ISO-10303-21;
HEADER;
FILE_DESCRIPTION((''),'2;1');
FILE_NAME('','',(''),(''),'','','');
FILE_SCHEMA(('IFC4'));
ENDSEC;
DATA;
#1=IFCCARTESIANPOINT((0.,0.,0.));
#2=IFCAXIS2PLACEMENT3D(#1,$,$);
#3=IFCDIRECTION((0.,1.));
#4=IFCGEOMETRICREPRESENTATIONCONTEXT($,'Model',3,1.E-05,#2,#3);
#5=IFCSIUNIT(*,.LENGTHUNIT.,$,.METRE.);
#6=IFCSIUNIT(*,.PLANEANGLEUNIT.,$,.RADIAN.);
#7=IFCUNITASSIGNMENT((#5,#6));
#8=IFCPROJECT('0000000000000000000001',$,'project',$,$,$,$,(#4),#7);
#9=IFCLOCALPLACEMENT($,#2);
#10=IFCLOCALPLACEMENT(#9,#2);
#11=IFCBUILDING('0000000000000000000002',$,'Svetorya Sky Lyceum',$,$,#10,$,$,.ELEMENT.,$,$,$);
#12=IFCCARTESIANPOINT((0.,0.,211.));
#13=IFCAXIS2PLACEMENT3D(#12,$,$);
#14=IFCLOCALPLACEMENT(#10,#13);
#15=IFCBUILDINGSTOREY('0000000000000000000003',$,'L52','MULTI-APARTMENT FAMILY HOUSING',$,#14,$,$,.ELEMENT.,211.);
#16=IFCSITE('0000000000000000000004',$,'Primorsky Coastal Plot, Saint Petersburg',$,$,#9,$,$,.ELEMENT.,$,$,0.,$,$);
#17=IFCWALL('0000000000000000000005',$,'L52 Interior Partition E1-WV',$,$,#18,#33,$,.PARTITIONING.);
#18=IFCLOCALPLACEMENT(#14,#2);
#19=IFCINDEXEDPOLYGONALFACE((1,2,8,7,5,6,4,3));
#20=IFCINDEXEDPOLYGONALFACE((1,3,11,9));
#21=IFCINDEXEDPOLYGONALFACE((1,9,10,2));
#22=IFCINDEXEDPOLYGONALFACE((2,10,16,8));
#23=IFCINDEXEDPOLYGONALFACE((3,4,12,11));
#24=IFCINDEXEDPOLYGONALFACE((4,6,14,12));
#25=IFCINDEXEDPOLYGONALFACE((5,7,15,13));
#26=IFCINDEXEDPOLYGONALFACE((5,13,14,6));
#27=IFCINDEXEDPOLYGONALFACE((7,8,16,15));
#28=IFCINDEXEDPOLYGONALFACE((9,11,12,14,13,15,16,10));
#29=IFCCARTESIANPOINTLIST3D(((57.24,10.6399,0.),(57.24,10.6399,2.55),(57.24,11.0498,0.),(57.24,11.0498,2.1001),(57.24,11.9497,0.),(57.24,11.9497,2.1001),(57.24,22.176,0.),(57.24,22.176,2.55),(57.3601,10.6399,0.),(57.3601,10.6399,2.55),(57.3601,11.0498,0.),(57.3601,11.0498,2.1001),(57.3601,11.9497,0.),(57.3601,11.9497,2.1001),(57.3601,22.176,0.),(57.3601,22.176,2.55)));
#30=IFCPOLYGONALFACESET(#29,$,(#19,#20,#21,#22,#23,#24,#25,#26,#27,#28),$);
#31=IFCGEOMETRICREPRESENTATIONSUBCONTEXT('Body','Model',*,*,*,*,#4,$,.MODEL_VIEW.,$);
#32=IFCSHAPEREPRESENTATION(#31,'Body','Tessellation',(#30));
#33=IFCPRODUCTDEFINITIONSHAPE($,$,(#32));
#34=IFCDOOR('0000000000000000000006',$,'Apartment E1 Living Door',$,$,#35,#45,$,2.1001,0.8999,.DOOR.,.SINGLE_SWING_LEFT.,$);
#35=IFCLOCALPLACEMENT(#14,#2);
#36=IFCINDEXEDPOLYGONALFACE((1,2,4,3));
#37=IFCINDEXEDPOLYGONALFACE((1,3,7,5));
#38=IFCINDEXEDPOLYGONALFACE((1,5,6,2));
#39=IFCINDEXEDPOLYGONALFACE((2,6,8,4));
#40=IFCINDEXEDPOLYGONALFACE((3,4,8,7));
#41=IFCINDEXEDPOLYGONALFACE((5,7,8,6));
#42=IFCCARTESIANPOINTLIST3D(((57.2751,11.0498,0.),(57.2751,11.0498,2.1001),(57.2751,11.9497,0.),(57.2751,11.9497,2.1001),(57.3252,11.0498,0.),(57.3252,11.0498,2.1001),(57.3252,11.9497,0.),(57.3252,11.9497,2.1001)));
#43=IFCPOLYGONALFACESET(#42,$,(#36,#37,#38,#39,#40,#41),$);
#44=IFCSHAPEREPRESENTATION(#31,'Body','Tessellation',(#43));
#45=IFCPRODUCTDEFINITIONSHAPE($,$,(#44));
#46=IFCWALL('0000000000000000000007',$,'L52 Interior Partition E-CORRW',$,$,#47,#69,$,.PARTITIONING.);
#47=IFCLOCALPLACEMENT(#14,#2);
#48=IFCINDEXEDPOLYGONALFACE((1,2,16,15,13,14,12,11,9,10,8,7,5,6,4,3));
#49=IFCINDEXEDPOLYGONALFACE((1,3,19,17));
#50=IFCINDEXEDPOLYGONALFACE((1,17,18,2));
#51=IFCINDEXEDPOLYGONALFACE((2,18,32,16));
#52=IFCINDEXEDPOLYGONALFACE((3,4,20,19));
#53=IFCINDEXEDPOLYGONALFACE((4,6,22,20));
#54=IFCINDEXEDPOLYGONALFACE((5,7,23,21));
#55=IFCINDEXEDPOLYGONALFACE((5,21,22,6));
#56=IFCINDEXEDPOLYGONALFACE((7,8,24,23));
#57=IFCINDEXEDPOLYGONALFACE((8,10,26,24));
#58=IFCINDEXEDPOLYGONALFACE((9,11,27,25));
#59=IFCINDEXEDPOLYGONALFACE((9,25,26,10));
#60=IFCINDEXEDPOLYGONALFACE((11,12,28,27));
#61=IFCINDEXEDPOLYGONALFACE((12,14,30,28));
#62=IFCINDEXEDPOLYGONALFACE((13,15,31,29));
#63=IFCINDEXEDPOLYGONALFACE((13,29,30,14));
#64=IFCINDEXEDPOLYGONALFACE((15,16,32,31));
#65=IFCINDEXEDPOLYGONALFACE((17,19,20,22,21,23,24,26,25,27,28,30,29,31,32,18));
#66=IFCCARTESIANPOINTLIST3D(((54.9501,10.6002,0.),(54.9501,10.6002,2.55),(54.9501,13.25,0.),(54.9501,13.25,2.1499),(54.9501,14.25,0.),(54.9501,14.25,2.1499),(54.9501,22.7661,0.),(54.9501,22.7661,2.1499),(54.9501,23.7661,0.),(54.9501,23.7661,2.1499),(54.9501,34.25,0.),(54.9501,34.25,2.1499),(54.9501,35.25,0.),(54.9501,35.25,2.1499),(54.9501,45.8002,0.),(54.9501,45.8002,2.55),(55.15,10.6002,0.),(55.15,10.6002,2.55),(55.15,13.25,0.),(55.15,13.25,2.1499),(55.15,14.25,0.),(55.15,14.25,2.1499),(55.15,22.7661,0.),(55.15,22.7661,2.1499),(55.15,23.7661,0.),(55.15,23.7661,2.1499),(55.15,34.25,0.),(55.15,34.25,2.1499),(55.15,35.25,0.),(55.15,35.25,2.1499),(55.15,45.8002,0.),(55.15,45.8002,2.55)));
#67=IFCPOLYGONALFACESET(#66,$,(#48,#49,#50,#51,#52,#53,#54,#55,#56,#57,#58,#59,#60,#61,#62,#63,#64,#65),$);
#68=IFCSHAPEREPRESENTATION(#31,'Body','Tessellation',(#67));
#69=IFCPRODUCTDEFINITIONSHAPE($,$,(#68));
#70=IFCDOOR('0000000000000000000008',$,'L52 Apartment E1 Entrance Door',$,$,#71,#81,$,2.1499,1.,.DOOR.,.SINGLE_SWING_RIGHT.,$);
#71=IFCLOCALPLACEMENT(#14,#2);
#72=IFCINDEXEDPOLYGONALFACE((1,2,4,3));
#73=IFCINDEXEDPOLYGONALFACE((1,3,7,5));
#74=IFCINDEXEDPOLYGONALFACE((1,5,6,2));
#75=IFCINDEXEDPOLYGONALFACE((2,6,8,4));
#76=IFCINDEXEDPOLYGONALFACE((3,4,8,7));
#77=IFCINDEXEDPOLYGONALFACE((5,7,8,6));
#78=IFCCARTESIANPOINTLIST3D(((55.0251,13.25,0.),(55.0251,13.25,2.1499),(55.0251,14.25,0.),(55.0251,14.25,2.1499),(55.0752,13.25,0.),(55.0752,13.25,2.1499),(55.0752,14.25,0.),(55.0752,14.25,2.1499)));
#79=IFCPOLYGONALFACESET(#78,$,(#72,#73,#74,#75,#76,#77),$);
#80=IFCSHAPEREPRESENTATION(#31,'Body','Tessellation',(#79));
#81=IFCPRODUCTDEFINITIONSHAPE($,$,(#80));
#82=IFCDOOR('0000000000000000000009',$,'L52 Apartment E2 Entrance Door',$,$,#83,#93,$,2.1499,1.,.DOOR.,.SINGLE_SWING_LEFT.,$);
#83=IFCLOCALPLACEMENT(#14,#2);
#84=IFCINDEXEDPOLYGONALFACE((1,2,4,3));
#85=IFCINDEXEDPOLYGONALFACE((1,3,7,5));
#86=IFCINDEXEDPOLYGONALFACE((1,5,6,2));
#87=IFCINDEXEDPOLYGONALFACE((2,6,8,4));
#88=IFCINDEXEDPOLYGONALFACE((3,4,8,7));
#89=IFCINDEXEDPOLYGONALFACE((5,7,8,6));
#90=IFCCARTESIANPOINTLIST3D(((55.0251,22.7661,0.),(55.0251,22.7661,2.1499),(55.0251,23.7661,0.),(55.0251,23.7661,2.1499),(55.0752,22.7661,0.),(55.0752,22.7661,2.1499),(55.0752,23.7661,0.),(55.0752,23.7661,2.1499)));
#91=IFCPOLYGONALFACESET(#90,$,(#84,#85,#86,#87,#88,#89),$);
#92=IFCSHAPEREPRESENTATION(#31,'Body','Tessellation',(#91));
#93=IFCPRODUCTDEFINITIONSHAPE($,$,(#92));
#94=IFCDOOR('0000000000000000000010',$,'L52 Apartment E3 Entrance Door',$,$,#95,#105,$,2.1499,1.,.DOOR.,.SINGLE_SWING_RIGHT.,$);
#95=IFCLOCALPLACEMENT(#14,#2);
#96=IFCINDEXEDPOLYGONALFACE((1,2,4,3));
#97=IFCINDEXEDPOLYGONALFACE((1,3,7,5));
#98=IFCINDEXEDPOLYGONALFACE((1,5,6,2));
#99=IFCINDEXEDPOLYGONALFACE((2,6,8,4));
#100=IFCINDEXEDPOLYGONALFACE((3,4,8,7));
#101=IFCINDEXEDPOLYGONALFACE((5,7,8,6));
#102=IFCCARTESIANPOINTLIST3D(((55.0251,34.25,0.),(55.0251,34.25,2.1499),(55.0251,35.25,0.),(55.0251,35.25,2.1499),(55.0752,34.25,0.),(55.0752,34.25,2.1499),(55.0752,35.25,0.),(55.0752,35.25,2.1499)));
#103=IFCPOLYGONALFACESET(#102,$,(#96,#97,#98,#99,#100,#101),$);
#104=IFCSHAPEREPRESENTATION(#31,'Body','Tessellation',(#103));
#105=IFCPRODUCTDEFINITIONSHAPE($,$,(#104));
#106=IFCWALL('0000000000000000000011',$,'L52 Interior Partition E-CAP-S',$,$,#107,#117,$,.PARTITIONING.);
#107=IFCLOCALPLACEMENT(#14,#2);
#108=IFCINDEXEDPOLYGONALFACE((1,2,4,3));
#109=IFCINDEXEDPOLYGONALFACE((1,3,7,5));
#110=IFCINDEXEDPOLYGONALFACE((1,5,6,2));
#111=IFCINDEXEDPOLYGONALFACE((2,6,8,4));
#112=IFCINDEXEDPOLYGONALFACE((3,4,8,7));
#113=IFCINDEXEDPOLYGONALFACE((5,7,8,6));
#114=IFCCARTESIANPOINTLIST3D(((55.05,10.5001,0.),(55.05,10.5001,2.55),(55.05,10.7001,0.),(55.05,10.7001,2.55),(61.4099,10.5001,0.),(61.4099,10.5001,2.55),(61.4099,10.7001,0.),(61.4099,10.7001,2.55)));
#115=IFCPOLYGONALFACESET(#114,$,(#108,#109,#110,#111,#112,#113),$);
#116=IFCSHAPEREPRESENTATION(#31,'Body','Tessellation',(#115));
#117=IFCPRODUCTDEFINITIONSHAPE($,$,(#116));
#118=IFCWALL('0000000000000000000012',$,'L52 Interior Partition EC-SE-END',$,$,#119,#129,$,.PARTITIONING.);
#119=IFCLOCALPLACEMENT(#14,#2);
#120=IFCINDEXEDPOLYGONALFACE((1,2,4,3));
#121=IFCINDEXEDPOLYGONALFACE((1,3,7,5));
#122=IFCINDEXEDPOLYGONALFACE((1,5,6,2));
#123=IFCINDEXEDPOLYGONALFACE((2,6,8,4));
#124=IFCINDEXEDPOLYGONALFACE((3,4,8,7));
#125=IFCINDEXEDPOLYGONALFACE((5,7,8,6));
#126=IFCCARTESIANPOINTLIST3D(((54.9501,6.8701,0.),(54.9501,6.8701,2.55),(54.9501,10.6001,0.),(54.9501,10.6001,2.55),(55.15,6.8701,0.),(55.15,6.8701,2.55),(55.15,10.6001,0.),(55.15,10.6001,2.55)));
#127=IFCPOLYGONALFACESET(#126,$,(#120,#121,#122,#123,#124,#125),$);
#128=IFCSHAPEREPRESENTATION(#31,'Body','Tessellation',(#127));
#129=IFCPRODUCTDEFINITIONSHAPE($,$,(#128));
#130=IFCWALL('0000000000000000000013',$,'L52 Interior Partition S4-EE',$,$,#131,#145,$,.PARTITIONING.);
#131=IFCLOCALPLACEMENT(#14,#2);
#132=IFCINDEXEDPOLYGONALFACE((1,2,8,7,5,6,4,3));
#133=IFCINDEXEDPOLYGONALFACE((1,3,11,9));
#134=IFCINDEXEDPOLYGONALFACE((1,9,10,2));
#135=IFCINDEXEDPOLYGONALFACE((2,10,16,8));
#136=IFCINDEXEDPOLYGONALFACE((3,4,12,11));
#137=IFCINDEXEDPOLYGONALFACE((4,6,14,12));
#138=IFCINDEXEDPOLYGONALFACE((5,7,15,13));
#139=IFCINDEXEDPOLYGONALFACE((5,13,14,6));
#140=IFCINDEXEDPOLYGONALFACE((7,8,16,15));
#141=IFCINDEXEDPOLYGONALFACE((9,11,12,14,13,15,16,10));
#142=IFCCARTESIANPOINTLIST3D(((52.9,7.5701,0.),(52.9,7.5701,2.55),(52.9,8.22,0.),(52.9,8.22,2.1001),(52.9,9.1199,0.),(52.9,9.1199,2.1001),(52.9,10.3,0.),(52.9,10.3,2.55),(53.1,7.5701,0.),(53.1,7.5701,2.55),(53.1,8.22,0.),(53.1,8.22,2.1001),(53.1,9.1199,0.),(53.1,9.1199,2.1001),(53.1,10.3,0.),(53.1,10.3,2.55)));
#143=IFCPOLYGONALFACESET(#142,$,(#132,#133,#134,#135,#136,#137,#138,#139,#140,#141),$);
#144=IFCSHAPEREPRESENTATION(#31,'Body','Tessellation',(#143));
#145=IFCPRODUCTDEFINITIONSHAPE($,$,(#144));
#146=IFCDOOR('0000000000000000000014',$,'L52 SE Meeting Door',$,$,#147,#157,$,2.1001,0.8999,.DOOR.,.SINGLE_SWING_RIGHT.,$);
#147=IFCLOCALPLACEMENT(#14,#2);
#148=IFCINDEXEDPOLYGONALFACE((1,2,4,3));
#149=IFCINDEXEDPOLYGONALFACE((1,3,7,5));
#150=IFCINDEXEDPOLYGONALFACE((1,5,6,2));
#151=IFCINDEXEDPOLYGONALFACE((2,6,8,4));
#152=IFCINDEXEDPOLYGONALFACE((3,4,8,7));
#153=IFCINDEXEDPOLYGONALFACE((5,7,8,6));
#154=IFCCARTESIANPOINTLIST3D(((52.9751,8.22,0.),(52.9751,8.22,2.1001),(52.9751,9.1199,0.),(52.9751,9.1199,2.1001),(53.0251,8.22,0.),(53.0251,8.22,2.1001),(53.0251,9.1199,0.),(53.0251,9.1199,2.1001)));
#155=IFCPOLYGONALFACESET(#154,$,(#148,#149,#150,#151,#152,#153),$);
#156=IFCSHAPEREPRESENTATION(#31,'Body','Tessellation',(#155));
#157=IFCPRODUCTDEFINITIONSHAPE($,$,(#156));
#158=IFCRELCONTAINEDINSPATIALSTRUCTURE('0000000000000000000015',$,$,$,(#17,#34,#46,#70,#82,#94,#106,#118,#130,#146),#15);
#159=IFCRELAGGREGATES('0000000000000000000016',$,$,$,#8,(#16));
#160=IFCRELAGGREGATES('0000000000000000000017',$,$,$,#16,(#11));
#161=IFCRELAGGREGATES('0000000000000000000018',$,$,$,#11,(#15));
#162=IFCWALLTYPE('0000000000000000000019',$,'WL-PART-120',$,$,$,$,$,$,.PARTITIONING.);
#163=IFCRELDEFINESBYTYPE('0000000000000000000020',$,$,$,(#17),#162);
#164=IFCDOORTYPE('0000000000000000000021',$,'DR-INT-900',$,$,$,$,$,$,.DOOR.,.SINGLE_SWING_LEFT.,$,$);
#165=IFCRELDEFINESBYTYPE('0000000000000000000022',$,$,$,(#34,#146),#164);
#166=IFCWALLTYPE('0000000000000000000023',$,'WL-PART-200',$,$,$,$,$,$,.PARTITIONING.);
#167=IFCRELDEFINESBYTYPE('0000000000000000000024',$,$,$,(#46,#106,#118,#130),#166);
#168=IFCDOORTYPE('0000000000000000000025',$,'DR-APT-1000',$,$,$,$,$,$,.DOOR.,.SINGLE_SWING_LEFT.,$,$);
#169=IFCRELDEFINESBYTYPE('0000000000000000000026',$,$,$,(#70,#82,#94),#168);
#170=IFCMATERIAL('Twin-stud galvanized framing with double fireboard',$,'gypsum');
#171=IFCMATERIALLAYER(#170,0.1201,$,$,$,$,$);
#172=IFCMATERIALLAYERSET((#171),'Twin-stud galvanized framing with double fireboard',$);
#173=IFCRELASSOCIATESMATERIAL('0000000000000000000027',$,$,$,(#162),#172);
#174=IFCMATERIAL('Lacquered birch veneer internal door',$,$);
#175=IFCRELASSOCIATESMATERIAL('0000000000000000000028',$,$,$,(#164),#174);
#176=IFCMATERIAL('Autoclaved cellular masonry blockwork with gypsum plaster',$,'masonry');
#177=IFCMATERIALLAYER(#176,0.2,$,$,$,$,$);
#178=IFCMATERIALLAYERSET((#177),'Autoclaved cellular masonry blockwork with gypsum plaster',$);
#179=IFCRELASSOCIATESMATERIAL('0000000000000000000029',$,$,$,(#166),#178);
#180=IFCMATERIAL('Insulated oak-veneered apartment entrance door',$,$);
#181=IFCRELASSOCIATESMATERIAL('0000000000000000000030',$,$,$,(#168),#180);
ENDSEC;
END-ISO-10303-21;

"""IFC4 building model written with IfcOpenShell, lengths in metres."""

from ifc_helpers import new_model, si_unit, direction, frame, frame_2d, origin, place, context, subcontext, project, spatial, rectangle, extrude, material, layer, layer_set, type_object, element, fill, save


model = new_model("IFC4")

# Units and contexts
model_context = context("Model", 3, precision=1e-05, world=origin(), true_north=direction((0.0, 1.0)))
body_context = subcontext(model_context, "Body", "Model", "MODEL_VIEW")
ifc_project = project(units=[si_unit("LENGTHUNIT", "METRE"), si_unit("PLANEANGLEUNIT", "RADIAN")], contexts=[model_context])

# Site, building, storey
site_placement = place(None, origin())
site = spatial("IfcSite", under=ifc_project, at=site_placement, Name="Primorsky Coastal Plot, Saint Petersburg", CompositionType="ELEMENT", RefElevation=0.0)
building_placement = place(site_placement, origin())
building = spatial("IfcBuilding", under=site, at=building_placement, Name="Svetorya Sky Lyceum", CompositionType="ELEMENT")
storey_placement = place(building_placement, frame((0.0, 0.0, 211.0)))
storey = spatial("IfcBuildingStorey", under=building, at=storey_placement, Name="L52", Description="MULTI-APARTMENT FAMILY HOUSING", CompositionType="ELEMENT", Elevation=211.0)

# Wall, opening, door
ifc_material_1 = material(Name="Twin-stud galvanized framing with double fireboard", Category="gypsum")
ifc_layer_1 = layer(ifc_material_1, 0.1201)
ifc_layer_set_1 = layer_set([ifc_layer_1], Name="Twin-stud galvanized framing with double fireboard")
wall_type_1 = type_object("IfcWallType", Name="WL-PART-120", PredefinedType="PARTITIONING", material=ifc_layer_set_1)
ifc_material_2 = material(Name="Lacquered birch veneer internal door")
door_type_1 = type_object("IfcDoorType", Name="DR-INT-900", OperationType="SINGLE_SWING_LEFT", PredefinedType="DOOR", material=ifc_material_2)
wall_1_placement = place(storey_placement, frame((57.3, 10.6399, 0.0), z_axis=(0.0, 0.0, 1.0), x_axis=(0.0, 1.0, 0.0)))
wall_1 = element("IfcWall", 1, at=wall_1_placement, inside=storey, type_object=wall_type_1, Name="L52 Interior Partition E1-WV", PredefinedType="PARTITIONING", context=body_context, shape_type="SweptSolid", body=[
    extrude(rectangle(XDim=11.5361, YDim=0.1201, at=frame_2d((5.7681, 0.0))), origin(), (0.0, 0.0, 1.0), 2.55),
])
opening_1_placement = place(wall_1_placement, frame((0.4099, 0.0, 0.0)))
opening_1 = element("IfcOpeningElement", 2, at=opening_1_placement, cuts=wall_1, PredefinedType="OPENING", context=body_context, shape_type="SweptSolid", body=[
    extrude(rectangle(XDim=0.8999, YDim=2.1001, at=frame_2d((0.45, 1.05))), frame((0.0, 0.0701, 0.0), z_axis=(0.0, -1.0, 0.0), x_axis=(1.0, 0.0, 0.0)), (0.0, 0.0, 1.0), 0.1401),
])
door_1_placement = place(opening_1_placement, origin())
door_1 = element("IfcDoor", 3, at=door_1_placement, inside=storey, type_object=door_type_1, Name="Apartment E1 Living Door", OperationType="SINGLE_SWING_LEFT", OverallHeight=2.1001, OverallWidth=0.8999, PredefinedType="DOOR", context=body_context, shape_type="SweptSolid", body=[
    extrude(rectangle(XDim=0.8999, YDim=2.1001, at=frame_2d((0.45, 1.05))), frame((0.0, 0.0249, 0.0), z_axis=(0.0, -1.0, 0.0), x_axis=(1.0, 0.0, 0.0)), (0.0, 0.0, 1.0), 0.05),
])
fill(opening_1, door_1)

# Wall, openings, doors
ifc_material_3 = material(Name="Autoclaved cellular masonry blockwork with gypsum plaster", Category="masonry")
ifc_layer_2 = layer(ifc_material_3, 0.2)
ifc_layer_set_2 = layer_set([ifc_layer_2], Name="Autoclaved cellular masonry blockwork with gypsum plaster")
wall_type_2 = type_object("IfcWallType", Name="WL-PART-200", PredefinedType="PARTITIONING", material=ifc_layer_set_2)
wall_2_placement = place(storey_placement, frame((55.05, 10.6001, 0.0), z_axis=(0.0, 0.0, 1.0), x_axis=(0.0, 1.0, 0.0)))
wall_2 = element("IfcWall", 4, at=wall_2_placement, inside=storey, type_object=wall_type_2, Name="L52 Interior Partition E-CORRW", PredefinedType="PARTITIONING", context=body_context, shape_type="SweptSolid", body=[
    extrude(rectangle(XDim=35.2, YDim=0.2, at=frame_2d((17.6001, 0.0))), origin(), (0.0, 0.0, 1.0), 2.55),
])
opening_2_placement = place(wall_2_placement, frame((2.6499, 0.0, 0.0)))
opening_2 = element("IfcOpeningElement", 5, at=opening_2_placement, cuts=wall_2, PredefinedType="OPENING", context=body_context, shape_type="SweptSolid", body=[
    extrude(rectangle(XDim=1.0, YDim=2.1499, at=frame_2d((0.5, 1.075))), frame((0.0, 0.1099, 0.0), z_axis=(0.0, -1.0, 0.0), x_axis=(1.0, 0.0, 0.0)), (0.0, 0.0, 1.0), 0.22),
])
opening_3_placement = place(wall_2_placement, frame((12.166, 0.0, 0.0)))
opening_3 = element("IfcOpeningElement", 6, at=opening_3_placement, cuts=wall_2, PredefinedType="OPENING", context=body_context, shape_type="SweptSolid", body=[
    extrude(rectangle(XDim=1.0, YDim=2.1499, at=frame_2d((0.5, 1.075))), frame((0.0, 0.1099, 0.0), z_axis=(0.0, -1.0, 0.0), x_axis=(1.0, 0.0, 0.0)), (0.0, 0.0, 1.0), 0.22),
])
opening_4_placement = place(wall_2_placement, frame((23.6499, 0.0, 0.0)))
opening_4 = element("IfcOpeningElement", 7, at=opening_4_placement, cuts=wall_2, PredefinedType="OPENING", context=body_context, shape_type="SweptSolid", body=[
    extrude(rectangle(XDim=1.0, YDim=2.1499, at=frame_2d((0.5, 1.075))), frame((0.0, 0.1099, 0.0), z_axis=(0.0, -1.0, 0.0), x_axis=(1.0, 0.0, 0.0)), (0.0, 0.0, 1.0), 0.22),
])
ifc_material_4 = material(Name="Insulated oak-veneered apartment entrance door")
door_type_2 = type_object("IfcDoorType", Name="DR-APT-1000", OperationType="SINGLE_SWING_LEFT", PredefinedType="DOOR", material=ifc_material_4)
door_2_placement = place(opening_2_placement, origin())
door_2 = element("IfcDoor", 8, at=door_2_placement, inside=storey, type_object=door_type_2, Name="L52 Apartment E1 Entrance Door", OperationType="SINGLE_SWING_RIGHT", OverallHeight=2.1499, OverallWidth=1.0, PredefinedType="DOOR", context=body_context, shape_type="SweptSolid", body=[
    extrude(rectangle(XDim=1.0, YDim=2.1499, at=frame_2d((0.5, 1.075))), frame((0.0, 0.0249, 0.0), z_axis=(0.0, -1.0, 0.0), x_axis=(1.0, 0.0, 0.0)), (0.0, 0.0, 1.0), 0.05),
])
fill(opening_2, door_2)
door_3_placement = place(opening_3_placement, origin())
door_3 = element("IfcDoor", 9, at=door_3_placement, inside=storey, type_object=door_type_2, Name="L52 Apartment E2 Entrance Door", OperationType="SINGLE_SWING_LEFT", OverallHeight=2.1499, OverallWidth=1.0, PredefinedType="DOOR", context=body_context, shape_type="SweptSolid", body=[
    extrude(rectangle(XDim=1.0, YDim=2.1499, at=frame_2d((0.5, 1.075))), frame((0.0, 0.0249, 0.0), z_axis=(0.0, -1.0, 0.0), x_axis=(1.0, 0.0, 0.0)), (0.0, 0.0, 1.0), 0.05),
])
fill(opening_3, door_3)
door_4_placement = place(opening_4_placement, origin())
door_4 = element("IfcDoor", 10, at=door_4_placement, inside=storey, type_object=door_type_2, Name="L52 Apartment E3 Entrance Door", OperationType="SINGLE_SWING_RIGHT", OverallHeight=2.1499, OverallWidth=1.0, PredefinedType="DOOR", context=body_context, shape_type="SweptSolid", body=[
    extrude(rectangle(XDim=1.0, YDim=2.1499, at=frame_2d((0.5, 1.075))), frame((0.0, 0.0249, 0.0), z_axis=(0.0, -1.0, 0.0), x_axis=(1.0, 0.0, 0.0)), (0.0, 0.0, 1.0), 0.05),
])
fill(opening_4, door_4)

# Walls
wall_3_placement = place(storey_placement, frame((55.05, 10.6001, 0.0), z_axis=(0.0, 0.0, 1.0), x_axis=(1.0, 0.0, 0.0)))
element("IfcWall", 11, at=wall_3_placement, inside=storey, type_object=wall_type_2, Name="L52 Interior Partition E-CAP-S", PredefinedType="PARTITIONING", context=body_context, shape_type="SweptSolid", body=[
    extrude(rectangle(XDim=6.3599, YDim=0.2, at=frame_2d((3.1799, 0.0))), origin(), (0.0, 0.0, 1.0), 2.55),
])
wall_4_placement = place(storey_placement, frame((55.05, 6.8701, 0.0), z_axis=(0.0, 0.0, 1.0), x_axis=(0.0, 1.0, 0.0)))
element("IfcWall", 12, at=wall_4_placement, inside=storey, type_object=wall_type_2, Name="L52 Interior Partition EC-SE-END", PredefinedType="PARTITIONING", context=body_context, shape_type="SweptSolid", body=[
    extrude(rectangle(XDim=3.73, YDim=0.2, at=frame_2d((1.865, 0.0))), origin(), (0.0, 0.0, 1.0), 2.55),
])

# Wall, opening, door
wall_5_placement = place(storey_placement, frame((53.0, 7.5701, 0.0), z_axis=(0.0, 0.0, 1.0), x_axis=(0.0, 1.0, 0.0)))
wall_5 = element("IfcWall", 13, at=wall_5_placement, inside=storey, type_object=wall_type_2, Name="L52 Interior Partition S4-EE", PredefinedType="PARTITIONING", context=body_context, shape_type="SweptSolid", body=[
    extrude(rectangle(XDim=2.73, YDim=0.2, at=frame_2d((1.365, 0.0))), origin(), (0.0, 0.0, 1.0), 2.55),
])
opening_5_placement = place(wall_5_placement, frame((0.6499, 0.0, 0.0)))
opening_5 = element("IfcOpeningElement", 14, at=opening_5_placement, cuts=wall_5, PredefinedType="OPENING", context=body_context, shape_type="SweptSolid", body=[
    extrude(rectangle(XDim=0.8999, YDim=2.1001, at=frame_2d((0.45, 1.05))), frame((0.0, 0.1099, 0.0), z_axis=(0.0, -1.0, 0.0), x_axis=(1.0, 0.0, 0.0)), (0.0, 0.0, 1.0), 0.22),
])
door_5_placement = place(opening_5_placement, origin())
door_5 = element("IfcDoor", 15, at=door_5_placement, inside=storey, type_object=door_type_1, Name="L52 SE Meeting Door", OperationType="SINGLE_SWING_RIGHT", OverallHeight=2.1001, OverallWidth=0.8999, PredefinedType="DOOR", context=body_context, shape_type="SweptSolid", body=[
    extrude(rectangle(XDim=0.8999, YDim=2.1001, at=frame_2d((0.45, 1.05))), frame((0.0, 0.0249, 0.0), z_axis=(0.0, -1.0, 0.0), x_axis=(1.0, 0.0, 0.0)), (0.0, 0.0, 1.0), 0.05),
])
fill(opening_5, door_5)

save(model, "model.ifc")
